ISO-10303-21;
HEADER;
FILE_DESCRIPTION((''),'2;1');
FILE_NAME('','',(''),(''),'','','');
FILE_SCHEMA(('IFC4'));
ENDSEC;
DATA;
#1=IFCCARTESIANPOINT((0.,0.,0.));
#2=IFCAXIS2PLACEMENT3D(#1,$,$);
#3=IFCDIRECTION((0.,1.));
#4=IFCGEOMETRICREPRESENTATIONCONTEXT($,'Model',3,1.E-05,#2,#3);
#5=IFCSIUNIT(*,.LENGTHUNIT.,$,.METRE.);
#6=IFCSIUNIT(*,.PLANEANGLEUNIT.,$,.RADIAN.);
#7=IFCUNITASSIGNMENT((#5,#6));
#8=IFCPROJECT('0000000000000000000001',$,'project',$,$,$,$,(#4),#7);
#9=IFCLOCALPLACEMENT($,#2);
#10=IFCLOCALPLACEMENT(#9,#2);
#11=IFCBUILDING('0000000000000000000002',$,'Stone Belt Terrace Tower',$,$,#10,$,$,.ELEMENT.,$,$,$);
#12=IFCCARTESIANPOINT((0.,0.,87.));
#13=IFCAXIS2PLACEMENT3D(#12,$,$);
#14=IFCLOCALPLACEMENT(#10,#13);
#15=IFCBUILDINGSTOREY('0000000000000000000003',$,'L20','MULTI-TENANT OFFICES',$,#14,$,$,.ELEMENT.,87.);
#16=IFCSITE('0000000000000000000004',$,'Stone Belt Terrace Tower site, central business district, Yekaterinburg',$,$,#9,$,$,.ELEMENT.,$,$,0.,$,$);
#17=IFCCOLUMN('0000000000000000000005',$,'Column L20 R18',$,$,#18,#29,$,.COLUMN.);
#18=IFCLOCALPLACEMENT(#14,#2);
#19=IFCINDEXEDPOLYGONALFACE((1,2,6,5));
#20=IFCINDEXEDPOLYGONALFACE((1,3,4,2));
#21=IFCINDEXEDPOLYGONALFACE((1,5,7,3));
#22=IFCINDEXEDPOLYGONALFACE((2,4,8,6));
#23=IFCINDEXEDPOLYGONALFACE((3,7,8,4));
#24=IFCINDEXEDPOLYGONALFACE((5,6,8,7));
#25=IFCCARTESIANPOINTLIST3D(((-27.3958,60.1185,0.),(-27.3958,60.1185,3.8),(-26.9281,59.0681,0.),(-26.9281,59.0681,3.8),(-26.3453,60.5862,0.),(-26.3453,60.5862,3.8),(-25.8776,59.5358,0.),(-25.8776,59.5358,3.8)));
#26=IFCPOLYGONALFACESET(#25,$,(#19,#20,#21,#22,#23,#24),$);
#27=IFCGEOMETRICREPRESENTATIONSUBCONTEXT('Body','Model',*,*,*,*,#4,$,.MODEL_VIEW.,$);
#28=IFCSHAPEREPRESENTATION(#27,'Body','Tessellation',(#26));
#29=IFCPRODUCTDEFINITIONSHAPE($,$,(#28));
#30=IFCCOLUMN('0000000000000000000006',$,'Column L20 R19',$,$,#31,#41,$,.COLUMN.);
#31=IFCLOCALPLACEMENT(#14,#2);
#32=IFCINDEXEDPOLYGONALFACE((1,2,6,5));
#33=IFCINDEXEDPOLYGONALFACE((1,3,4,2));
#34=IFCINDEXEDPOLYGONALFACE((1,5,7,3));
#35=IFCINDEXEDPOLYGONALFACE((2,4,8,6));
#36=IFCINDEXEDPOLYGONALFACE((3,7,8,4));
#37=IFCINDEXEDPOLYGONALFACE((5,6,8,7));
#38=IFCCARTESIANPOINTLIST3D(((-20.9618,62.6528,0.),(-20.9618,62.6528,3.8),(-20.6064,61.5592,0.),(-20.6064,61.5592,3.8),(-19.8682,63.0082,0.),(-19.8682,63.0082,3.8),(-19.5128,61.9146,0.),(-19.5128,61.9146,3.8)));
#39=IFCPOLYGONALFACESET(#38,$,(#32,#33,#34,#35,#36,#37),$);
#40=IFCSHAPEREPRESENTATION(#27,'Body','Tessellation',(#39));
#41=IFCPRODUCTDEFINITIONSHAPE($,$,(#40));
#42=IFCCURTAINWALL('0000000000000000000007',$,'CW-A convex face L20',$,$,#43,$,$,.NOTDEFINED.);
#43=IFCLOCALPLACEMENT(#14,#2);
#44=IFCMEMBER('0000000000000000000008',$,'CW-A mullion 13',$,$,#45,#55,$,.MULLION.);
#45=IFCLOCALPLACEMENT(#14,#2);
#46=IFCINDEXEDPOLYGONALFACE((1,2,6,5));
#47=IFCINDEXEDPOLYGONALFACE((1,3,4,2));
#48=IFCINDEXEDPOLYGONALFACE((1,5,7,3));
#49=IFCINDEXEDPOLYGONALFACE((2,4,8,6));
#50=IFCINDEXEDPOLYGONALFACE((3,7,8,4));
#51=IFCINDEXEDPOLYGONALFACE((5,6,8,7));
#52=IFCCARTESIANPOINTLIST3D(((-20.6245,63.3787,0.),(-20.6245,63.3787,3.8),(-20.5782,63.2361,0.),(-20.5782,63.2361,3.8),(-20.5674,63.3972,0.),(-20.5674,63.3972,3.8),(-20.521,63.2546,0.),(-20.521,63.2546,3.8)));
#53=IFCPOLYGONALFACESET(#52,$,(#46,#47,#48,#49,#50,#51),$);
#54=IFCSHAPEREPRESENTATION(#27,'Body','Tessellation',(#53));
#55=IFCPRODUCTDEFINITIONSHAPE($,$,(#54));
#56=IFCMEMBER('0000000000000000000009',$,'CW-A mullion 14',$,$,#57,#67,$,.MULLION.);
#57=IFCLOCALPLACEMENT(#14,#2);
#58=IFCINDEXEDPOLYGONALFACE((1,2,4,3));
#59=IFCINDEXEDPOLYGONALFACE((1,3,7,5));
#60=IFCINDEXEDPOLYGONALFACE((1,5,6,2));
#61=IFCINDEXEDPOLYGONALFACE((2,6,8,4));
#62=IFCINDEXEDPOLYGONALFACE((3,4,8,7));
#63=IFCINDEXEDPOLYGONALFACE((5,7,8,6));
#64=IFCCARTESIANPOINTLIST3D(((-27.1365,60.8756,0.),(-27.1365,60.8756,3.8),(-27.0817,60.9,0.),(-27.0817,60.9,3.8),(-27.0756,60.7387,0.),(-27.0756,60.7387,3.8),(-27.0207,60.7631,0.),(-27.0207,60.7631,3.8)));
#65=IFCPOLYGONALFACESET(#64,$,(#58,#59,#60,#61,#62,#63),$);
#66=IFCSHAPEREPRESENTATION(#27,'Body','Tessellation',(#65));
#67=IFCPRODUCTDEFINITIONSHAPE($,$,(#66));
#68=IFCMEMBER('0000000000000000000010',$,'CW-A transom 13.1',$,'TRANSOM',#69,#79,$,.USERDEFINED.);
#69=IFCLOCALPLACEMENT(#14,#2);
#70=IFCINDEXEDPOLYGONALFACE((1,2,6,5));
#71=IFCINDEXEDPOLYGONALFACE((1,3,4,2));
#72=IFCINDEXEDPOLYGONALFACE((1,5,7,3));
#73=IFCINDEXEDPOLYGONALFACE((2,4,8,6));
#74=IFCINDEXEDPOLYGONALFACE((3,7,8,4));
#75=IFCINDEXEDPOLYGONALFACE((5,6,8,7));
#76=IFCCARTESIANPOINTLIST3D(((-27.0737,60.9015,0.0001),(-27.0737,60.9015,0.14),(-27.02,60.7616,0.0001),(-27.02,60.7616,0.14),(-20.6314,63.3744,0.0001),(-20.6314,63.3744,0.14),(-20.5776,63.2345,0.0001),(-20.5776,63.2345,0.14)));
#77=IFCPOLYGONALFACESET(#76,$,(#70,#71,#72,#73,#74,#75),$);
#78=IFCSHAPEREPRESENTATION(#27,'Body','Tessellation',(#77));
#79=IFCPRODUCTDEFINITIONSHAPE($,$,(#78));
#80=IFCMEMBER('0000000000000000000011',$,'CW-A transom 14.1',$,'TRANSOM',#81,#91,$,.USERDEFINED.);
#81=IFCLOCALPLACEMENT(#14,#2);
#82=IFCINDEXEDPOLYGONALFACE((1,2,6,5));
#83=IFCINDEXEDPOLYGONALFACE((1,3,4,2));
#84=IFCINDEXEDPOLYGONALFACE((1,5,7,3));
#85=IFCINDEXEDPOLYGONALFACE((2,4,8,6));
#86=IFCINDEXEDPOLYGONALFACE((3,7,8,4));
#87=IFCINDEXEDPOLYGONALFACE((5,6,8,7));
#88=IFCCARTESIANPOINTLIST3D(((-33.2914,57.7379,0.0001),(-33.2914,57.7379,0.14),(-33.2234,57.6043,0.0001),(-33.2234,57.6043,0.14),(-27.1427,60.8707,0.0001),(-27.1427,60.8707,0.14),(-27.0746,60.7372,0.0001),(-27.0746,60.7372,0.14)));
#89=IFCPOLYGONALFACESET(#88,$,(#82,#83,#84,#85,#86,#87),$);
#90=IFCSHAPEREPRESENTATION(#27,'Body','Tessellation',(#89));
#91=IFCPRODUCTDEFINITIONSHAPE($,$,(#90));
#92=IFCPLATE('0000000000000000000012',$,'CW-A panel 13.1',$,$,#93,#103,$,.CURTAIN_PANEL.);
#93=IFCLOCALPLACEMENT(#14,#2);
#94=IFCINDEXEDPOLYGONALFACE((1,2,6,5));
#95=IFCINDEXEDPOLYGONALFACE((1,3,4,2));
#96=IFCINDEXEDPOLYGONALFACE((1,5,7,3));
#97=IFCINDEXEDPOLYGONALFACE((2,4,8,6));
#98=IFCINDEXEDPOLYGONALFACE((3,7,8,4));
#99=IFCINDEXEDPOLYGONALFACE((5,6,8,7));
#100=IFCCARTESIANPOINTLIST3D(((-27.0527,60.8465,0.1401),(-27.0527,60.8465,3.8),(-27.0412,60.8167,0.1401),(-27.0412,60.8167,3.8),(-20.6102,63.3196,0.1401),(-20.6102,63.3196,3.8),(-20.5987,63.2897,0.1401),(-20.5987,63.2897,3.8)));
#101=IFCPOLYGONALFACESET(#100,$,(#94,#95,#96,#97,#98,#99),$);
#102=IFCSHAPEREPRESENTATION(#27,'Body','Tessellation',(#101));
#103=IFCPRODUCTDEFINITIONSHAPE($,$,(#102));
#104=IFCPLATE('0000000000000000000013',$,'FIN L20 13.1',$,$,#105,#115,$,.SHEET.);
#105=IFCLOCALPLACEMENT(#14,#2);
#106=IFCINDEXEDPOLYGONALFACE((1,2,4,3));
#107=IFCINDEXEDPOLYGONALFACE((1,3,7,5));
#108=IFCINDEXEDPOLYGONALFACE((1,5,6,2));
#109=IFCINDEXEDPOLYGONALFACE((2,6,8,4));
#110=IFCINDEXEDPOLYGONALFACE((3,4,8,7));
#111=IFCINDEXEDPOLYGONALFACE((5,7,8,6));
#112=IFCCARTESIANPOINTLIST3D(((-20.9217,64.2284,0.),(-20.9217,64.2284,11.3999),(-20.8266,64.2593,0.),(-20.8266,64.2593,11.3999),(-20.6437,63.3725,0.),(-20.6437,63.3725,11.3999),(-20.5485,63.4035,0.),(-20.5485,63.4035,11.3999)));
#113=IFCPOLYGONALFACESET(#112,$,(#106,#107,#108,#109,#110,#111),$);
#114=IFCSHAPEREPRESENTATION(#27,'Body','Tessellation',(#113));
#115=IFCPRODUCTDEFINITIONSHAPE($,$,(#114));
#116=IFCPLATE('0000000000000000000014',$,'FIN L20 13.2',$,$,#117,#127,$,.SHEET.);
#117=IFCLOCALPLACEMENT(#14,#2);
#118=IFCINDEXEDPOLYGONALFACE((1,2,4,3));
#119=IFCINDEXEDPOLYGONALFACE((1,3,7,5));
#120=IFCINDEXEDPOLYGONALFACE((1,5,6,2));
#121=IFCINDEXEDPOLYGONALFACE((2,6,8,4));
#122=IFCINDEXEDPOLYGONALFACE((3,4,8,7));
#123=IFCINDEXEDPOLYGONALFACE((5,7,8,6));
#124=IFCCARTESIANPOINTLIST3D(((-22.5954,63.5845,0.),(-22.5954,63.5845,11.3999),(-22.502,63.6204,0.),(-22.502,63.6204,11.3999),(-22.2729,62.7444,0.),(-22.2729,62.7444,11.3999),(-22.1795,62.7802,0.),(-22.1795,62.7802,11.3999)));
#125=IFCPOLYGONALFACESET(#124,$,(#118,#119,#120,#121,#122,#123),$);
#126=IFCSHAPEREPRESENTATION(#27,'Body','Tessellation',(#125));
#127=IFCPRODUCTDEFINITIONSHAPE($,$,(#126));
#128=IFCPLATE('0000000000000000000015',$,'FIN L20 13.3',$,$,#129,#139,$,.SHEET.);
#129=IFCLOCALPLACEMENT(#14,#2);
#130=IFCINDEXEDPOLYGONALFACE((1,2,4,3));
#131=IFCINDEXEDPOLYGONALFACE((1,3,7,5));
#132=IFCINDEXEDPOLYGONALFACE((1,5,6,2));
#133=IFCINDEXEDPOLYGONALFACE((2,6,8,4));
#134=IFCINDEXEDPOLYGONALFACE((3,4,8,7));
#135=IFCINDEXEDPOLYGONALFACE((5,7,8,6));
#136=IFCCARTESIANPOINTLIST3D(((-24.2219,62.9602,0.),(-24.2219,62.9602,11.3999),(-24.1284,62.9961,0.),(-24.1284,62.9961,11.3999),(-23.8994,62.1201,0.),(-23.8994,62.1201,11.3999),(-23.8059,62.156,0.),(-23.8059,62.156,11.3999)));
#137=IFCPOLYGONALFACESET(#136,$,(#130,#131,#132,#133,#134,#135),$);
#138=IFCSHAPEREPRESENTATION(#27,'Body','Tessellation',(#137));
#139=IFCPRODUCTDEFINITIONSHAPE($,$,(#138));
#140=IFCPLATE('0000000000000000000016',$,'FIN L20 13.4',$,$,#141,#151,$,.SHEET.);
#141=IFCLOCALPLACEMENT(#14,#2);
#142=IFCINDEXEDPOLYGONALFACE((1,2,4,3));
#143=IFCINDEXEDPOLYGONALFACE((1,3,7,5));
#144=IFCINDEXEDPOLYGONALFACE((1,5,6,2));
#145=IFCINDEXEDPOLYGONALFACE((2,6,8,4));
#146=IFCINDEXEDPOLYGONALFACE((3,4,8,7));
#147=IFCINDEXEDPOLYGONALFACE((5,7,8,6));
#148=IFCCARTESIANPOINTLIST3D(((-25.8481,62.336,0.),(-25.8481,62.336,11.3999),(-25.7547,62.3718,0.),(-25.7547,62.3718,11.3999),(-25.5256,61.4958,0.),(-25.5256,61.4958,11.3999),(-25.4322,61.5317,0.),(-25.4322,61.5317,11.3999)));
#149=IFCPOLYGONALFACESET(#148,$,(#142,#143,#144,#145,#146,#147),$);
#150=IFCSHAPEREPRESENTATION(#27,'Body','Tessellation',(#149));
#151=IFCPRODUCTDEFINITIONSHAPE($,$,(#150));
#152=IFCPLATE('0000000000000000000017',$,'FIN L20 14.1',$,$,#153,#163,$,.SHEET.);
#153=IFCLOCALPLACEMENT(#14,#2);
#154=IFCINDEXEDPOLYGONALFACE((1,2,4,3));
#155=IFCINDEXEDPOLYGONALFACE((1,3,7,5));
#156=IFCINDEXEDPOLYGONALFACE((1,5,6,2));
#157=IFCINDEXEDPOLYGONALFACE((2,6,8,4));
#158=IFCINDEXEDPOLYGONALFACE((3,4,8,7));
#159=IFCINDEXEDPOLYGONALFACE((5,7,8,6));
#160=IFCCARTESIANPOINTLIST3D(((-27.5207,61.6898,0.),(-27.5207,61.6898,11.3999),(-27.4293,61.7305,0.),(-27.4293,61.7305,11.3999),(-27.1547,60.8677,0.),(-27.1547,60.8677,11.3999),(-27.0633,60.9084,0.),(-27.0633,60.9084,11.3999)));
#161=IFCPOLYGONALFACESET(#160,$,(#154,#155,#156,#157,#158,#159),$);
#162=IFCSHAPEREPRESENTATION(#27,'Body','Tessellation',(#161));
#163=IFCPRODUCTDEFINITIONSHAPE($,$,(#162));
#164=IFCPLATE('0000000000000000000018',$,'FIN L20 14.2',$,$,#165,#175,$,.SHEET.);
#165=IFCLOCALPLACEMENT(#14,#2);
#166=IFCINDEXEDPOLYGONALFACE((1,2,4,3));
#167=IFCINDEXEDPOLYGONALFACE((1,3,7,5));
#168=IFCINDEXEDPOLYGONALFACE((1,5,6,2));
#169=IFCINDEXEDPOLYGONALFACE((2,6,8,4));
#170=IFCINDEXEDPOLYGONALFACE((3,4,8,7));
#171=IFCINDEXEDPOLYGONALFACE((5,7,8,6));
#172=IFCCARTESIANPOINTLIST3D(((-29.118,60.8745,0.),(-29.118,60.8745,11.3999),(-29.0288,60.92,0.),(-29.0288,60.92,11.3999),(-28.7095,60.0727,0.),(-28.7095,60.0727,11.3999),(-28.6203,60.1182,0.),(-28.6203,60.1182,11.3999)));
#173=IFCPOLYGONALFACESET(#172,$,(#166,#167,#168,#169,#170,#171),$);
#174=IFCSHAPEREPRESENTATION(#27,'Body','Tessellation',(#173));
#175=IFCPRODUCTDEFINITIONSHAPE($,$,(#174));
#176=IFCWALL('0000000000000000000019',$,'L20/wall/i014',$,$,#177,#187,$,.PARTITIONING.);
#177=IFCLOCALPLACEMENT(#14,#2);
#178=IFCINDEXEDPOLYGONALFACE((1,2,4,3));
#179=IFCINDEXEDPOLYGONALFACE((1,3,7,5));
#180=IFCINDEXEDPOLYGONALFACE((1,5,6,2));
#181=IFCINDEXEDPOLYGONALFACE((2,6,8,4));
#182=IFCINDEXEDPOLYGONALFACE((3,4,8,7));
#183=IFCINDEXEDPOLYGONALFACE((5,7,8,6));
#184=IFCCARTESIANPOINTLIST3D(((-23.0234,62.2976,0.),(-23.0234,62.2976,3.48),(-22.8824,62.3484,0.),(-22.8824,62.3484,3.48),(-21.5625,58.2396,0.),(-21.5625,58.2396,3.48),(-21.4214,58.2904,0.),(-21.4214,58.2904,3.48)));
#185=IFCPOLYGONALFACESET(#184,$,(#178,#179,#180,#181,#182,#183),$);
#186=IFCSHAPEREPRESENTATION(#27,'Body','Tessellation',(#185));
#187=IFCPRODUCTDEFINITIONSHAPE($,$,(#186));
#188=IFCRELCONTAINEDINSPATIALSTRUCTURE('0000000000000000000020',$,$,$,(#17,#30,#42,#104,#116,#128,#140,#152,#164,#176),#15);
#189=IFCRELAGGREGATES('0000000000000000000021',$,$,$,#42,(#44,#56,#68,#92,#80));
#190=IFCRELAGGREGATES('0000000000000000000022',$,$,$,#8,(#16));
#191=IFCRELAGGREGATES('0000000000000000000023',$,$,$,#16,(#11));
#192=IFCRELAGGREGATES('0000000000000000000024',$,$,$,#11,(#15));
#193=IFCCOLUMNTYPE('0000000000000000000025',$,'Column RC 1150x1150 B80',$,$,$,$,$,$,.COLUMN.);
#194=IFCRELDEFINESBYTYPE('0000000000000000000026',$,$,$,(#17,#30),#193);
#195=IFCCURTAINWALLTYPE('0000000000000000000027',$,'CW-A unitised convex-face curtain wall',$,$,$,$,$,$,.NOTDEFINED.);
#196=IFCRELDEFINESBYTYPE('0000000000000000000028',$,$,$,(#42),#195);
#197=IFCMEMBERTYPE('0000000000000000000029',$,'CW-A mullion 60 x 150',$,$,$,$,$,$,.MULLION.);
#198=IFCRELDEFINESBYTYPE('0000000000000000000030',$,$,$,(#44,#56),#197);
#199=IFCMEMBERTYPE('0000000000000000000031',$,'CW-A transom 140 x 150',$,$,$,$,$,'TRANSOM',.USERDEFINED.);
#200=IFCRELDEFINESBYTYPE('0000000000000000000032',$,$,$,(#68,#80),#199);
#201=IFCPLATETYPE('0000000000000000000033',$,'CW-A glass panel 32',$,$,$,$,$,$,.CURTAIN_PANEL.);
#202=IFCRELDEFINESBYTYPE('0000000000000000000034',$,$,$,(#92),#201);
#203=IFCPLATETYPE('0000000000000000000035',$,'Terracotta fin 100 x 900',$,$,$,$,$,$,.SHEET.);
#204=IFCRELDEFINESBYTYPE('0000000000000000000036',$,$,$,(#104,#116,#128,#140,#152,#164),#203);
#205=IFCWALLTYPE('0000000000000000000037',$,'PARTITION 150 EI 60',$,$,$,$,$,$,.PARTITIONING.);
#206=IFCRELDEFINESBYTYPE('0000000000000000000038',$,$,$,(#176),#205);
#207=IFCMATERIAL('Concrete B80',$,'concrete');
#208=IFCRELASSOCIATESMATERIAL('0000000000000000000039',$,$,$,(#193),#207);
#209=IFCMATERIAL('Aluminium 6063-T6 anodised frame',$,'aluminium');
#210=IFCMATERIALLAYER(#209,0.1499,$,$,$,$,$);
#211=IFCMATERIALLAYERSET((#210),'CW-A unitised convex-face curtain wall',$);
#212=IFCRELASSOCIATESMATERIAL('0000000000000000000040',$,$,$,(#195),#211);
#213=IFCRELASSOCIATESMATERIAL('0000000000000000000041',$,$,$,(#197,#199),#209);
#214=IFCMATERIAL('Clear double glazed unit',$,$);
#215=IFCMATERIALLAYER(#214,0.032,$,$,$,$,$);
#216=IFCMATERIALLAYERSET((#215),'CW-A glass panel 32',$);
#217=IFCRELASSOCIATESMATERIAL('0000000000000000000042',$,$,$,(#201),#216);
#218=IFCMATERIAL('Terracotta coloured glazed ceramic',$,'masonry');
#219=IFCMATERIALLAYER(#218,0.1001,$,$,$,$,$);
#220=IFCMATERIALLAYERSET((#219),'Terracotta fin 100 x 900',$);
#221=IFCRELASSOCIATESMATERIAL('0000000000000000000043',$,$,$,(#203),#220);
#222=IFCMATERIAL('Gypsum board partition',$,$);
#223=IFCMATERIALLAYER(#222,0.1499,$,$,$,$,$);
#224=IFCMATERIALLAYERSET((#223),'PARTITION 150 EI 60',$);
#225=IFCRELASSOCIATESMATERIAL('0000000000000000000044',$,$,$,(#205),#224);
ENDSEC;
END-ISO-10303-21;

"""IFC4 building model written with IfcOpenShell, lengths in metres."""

from ifc_helpers import new_model, si_unit, direction, frame, frame_2d, origin, origin_2d, place, context, subcontext, project, spatial, rectangle, extrude, material, layer, layer_set, material_profile, profile_set, type_object, element, aggregate, save


model = new_model("IFC4")

# Units and contexts
model_context = context("Model", 3, precision=1e-05, world=origin(), true_north=direction((0.0, 1.0)))
body_context = subcontext(model_context, "Body", "Model", "MODEL_VIEW")
ifc_project = project(units=[si_unit("LENGTHUNIT", "METRE"), si_unit("PLANEANGLEUNIT", "RADIAN")], contexts=[model_context])

# Site, building, storey
site_placement = place(None, origin())
site = spatial("IfcSite", under=ifc_project, at=site_placement, Name="Stone Belt Terrace Tower site, central business district, Yekaterinburg", CompositionType="ELEMENT", RefElevation=0.0)
building_placement = place(site_placement, origin())
building = spatial("IfcBuilding", under=site, at=building_placement, Name="Stone Belt Terrace Tower", CompositionType="ELEMENT")
storey_placement = place(building_placement, frame((0.0, 0.0, 87.0)))
storey = spatial("IfcBuildingStorey", under=building, at=storey_placement, Name="L20", Description="MULTI-TENANT OFFICES", CompositionType="ELEMENT", Elevation=87.0)

# Columns
ifc_material_1 = material(Name="Concrete B80", Category="concrete")
ifc_material_profile_1 = material_profile(ifc_material_1, rectangle(XDim=1.1499, YDim=1.1499, at=origin_2d()), Name="RC 1150x1150")
ifc_profile_set_1 = profile_set([ifc_material_profile_1], Name="Concrete B80")
column_type = type_object("IfcColumnType", Name="Column RC 1150x1150 B80", PredefinedType="COLUMN", material=ifc_profile_set_1)
for number, where, z_axis, x_axis, name in (
    (1, (-26.6367, 59.8271, 0.0), (0.0, 0.0, 1.0), (0.913545, 0.406737, 0.0), "Column L20 R18"),
    (2, (-20.2373, 62.2837, 0.0), (0.0, 0.0, 1.0), (0.951057, 0.309017, 0.0), "Column L20 R19"),
):
    element("IfcColumn", number, at=place(storey_placement, frame(where, z_axis=z_axis, x_axis=x_axis)), inside=storey, type_object=column_type, Name=name, PredefinedType="COLUMN", context=body_context, shape_type="SweptSolid", body=[
        extrude(rectangle(XDim=1.1499, YDim=1.1499, at=origin_2d()), origin(), (0.0, 0.0, 1.0), 3.8),
    ])

# Curtain wall, members, plate
ifc_material_2 = material(Name="Aluminium 6063-T6 anodised frame", Category="aluminium")
ifc_layer_1 = layer(ifc_material_2, 0.1499)
ifc_layer_set_1 = layer_set([ifc_layer_1], Name="CW-A unitised convex-face curtain wall")
curtain_wall_type = type_object("IfcCurtainWallType", Name="CW-A unitised convex-face curtain wall", PredefinedType="NOTDEFINED", material=ifc_layer_set_1)
curtain_wall_placement = place(storey_placement, origin())
curtain_wall = element("IfcCurtainWall", 3, at=curtain_wall_placement, inside=storey, type_object=curtain_wall_type, Name="CW-A convex face L20", PredefinedType="NOTDEFINED")
ifc_material_profile_2 = material_profile(ifc_material_2, rectangle(XDim=0.1499, YDim=0.0601, at=origin_2d()), Name="Aluminium 6063-T6 60x150")
ifc_profile_set_2 = profile_set([ifc_material_profile_2], Name="Aluminium 6063-T6 anodised frame")
member_type_1 = type_object("IfcMemberType", Name="CW-A mullion 60 x 150", PredefinedType="MULLION", material=ifc_profile_set_2)
member_1_placement = place(storey_placement, frame((-20.5728, 63.3167, 0.0), z_axis=(0.0, 0.0, 1.0), x_axis=(0.309017, -0.951057, 0.0)))
member_1 = element("IfcMember", 4, at=member_1_placement, type_object=member_type_1, Name="CW-A mullion 13", PredefinedType="MULLION", context=body_context, shape_type="SweptSolid", body=[
    extrude(rectangle(XDim=0.1499, YDim=0.0601, at=origin_2d()), origin(), (0.0, 0.0, 1.0), 3.8),
])
member_2_placement = place(storey_placement, frame((-27.0786, 60.8193, 0.0), z_axis=(0.0, 0.0, 1.0), x_axis=(0.406737, -0.913545, 0.0)))
member_2 = element("IfcMember", 5, at=member_2_placement, type_object=member_type_1, Name="CW-A mullion 14", PredefinedType="MULLION", context=body_context, shape_type="SweptSolid", body=[
    extrude(rectangle(XDim=0.1499, YDim=0.0601, at=origin_2d()), origin(), (0.0, 0.0, 1.0), 3.8),
])
ifc_material_profile_3 = material_profile(ifc_material_2, rectangle(XDim=0.1499, YDim=0.1399, at=origin_2d()), Name="Aluminium 6063-T6 150x140")
ifc_profile_set_3 = profile_set([ifc_material_profile_3], Name="Aluminium 6063-T6 anodised frame")
member_type_2 = type_object("IfcMemberType", Name="CW-A transom 140 x 150", ElementType="TRANSOM", PredefinedType="USERDEFINED", material=ifc_profile_set_3)
member_3_placement = place(storey_placement, frame((-20.6045, 63.3044, 0.0701), z_axis=(-0.933585, -0.358355, 0.0), x_axis=(0.358355, -0.933585, 0.0)))
member_3 = element("IfcMember", 6, at=member_3_placement, type_object=member_type_2, Name="CW-A transom 13.1", ObjectType="TRANSOM", PredefinedType="USERDEFINED", context=body_context, shape_type="SweptSolid", body=[
    extrude(rectangle(XDim=0.1499, YDim=0.1399, at=origin_2d()), origin(), (0.0, 0.0, 1.0), 6.9006),
])
member_4_placement = place(storey_placement, frame((-27.1086, 60.804, 0.0701), z_axis=(-0.891012, -0.453979, 0.0), x_axis=(0.453979, -0.891012, 0.0)))
member_4 = element("IfcMember", 7, at=member_4_placement, type_object=member_type_2, Name="CW-A transom 14.1", ObjectType="TRANSOM", PredefinedType="USERDEFINED", context=body_context, shape_type="SweptSolid", body=[
    extrude(rectangle(XDim=0.1499, YDim=0.1399, at=origin_2d()), origin(), (0.0, 0.0, 1.0), 6.9009),
])
ifc_material_3 = material(Name="Clear double glazed unit")
ifc_layer_2 = layer(ifc_material_3, 0.032)
ifc_layer_set_2 = layer_set([ifc_layer_2], Name="CW-A glass panel 32")
plate_type_1 = type_object("IfcPlateType", Name="CW-A glass panel 32", PredefinedType="CURTAIN_PANEL", material=ifc_layer_set_2)
plate_placement = place(storey_placement, frame((-23.8257, 62.0681, 0.1401), z_axis=(0.0, 0.0, 1.0), x_axis=(-0.93358, -0.358368, 0.0)))
plate = element("IfcPlate", 8, at=plate_placement, type_object=plate_type_1, Name="CW-A panel 13.1", PredefinedType="CURTAIN_PANEL", context=body_context, shape_type="SweptSolid", body=[
    extrude(rectangle(XDim=6.9009, YDim=0.032, at=origin_2d()), origin(), (0.0, 0.0, 1.0), 3.6599),
])
aggregate(curtain_wall, [member_1, member_2, member_3, plate, member_4])

# Plates
ifc_material_4 = material(Name="Terracotta coloured glazed ceramic", Category="masonry")
ifc_layer_3 = layer(ifc_material_4, 0.1001)
ifc_layer_set_3 = layer_set([ifc_layer_3], Name="Terracotta fin 100 x 900")
plate_type_2 = type_object("IfcPlateType", Name="Terracotta fin 100 x 900", PredefinedType="SHEET", material=ifc_layer_set_3)
for number, where, z_axis, x_axis, name in (
    (9, (-20.7351, 63.8159, 0.0), (0.0, 0.0, 1.0), (-0.309017, 0.951057, 0.0), "FIN L20 13.1"),
    (10, (-22.3875, 63.1824, 0.0), (0.0, 0.0, 1.0), (-0.358368, 0.93358, 0.0), "FIN L20 13.2"),
    (11, (-24.0139, 62.5581, 0.0), (0.0, 0.0, 1.0), (-0.358368, 0.93358, 0.0), "FIN L20 13.3"),
    (12, (-25.6401, 61.9338, 0.0), (0.0, 0.0, 1.0), (-0.358368, 0.93358, 0.0), "FIN L20 13.4"),
    (13, (-27.292, 61.2991, 0.0), (0.0, 0.0, 1.0), (-0.406737, 0.913545, 0.0), "FIN L20 14.1"),
    (14, (-28.8691, 60.4963, 0.0), (0.0, 0.0, 1.0), (-0.45399, 0.891007, 0.0), "FIN L20 14.2"),
):
    element("IfcPlate", number, at=place(storey_placement, frame(where, z_axis=z_axis, x_axis=x_axis)), inside=storey, type_object=plate_type_2, Name=name, PredefinedType="SHEET", context=body_context, shape_type="SweptSolid", body=[
        extrude(rectangle(XDim=0.8999, YDim=0.1001, at=origin_2d()), origin(), (0.0, 0.0, 1.0), 11.3999),
    ])

# Wall
ifc_material_5 = material(Name="Gypsum board partition")
ifc_layer_4 = layer(ifc_material_5, 0.1499)
ifc_layer_set_4 = layer_set([ifc_layer_4], Name="PARTITION 150 EI 60")
wall_type = type_object("IfcWallType", Name="PARTITION 150 EI 60", PredefinedType="PARTITIONING", material=ifc_layer_set_4)
wall_placement = place(storey_placement, frame((-22.9529, 62.323, 0.0), z_axis=(0.0, 0.0, 1.0), x_axis=(0.338723, -0.940886, 0.0)))
element("IfcWall", 15, at=wall_placement, inside=storey, type_object=wall_type, Name="L20/wall/i014", PredefinedType="PARTITIONING", context=body_context, shape_type="SweptSolid", body=[
    extrude(rectangle(XDim=4.313, YDim=0.1499, at=frame_2d((2.1565, 0.0))), origin(), (0.0, 0.0, 1.0), 3.48),
])

save(model, "model.ifc")
